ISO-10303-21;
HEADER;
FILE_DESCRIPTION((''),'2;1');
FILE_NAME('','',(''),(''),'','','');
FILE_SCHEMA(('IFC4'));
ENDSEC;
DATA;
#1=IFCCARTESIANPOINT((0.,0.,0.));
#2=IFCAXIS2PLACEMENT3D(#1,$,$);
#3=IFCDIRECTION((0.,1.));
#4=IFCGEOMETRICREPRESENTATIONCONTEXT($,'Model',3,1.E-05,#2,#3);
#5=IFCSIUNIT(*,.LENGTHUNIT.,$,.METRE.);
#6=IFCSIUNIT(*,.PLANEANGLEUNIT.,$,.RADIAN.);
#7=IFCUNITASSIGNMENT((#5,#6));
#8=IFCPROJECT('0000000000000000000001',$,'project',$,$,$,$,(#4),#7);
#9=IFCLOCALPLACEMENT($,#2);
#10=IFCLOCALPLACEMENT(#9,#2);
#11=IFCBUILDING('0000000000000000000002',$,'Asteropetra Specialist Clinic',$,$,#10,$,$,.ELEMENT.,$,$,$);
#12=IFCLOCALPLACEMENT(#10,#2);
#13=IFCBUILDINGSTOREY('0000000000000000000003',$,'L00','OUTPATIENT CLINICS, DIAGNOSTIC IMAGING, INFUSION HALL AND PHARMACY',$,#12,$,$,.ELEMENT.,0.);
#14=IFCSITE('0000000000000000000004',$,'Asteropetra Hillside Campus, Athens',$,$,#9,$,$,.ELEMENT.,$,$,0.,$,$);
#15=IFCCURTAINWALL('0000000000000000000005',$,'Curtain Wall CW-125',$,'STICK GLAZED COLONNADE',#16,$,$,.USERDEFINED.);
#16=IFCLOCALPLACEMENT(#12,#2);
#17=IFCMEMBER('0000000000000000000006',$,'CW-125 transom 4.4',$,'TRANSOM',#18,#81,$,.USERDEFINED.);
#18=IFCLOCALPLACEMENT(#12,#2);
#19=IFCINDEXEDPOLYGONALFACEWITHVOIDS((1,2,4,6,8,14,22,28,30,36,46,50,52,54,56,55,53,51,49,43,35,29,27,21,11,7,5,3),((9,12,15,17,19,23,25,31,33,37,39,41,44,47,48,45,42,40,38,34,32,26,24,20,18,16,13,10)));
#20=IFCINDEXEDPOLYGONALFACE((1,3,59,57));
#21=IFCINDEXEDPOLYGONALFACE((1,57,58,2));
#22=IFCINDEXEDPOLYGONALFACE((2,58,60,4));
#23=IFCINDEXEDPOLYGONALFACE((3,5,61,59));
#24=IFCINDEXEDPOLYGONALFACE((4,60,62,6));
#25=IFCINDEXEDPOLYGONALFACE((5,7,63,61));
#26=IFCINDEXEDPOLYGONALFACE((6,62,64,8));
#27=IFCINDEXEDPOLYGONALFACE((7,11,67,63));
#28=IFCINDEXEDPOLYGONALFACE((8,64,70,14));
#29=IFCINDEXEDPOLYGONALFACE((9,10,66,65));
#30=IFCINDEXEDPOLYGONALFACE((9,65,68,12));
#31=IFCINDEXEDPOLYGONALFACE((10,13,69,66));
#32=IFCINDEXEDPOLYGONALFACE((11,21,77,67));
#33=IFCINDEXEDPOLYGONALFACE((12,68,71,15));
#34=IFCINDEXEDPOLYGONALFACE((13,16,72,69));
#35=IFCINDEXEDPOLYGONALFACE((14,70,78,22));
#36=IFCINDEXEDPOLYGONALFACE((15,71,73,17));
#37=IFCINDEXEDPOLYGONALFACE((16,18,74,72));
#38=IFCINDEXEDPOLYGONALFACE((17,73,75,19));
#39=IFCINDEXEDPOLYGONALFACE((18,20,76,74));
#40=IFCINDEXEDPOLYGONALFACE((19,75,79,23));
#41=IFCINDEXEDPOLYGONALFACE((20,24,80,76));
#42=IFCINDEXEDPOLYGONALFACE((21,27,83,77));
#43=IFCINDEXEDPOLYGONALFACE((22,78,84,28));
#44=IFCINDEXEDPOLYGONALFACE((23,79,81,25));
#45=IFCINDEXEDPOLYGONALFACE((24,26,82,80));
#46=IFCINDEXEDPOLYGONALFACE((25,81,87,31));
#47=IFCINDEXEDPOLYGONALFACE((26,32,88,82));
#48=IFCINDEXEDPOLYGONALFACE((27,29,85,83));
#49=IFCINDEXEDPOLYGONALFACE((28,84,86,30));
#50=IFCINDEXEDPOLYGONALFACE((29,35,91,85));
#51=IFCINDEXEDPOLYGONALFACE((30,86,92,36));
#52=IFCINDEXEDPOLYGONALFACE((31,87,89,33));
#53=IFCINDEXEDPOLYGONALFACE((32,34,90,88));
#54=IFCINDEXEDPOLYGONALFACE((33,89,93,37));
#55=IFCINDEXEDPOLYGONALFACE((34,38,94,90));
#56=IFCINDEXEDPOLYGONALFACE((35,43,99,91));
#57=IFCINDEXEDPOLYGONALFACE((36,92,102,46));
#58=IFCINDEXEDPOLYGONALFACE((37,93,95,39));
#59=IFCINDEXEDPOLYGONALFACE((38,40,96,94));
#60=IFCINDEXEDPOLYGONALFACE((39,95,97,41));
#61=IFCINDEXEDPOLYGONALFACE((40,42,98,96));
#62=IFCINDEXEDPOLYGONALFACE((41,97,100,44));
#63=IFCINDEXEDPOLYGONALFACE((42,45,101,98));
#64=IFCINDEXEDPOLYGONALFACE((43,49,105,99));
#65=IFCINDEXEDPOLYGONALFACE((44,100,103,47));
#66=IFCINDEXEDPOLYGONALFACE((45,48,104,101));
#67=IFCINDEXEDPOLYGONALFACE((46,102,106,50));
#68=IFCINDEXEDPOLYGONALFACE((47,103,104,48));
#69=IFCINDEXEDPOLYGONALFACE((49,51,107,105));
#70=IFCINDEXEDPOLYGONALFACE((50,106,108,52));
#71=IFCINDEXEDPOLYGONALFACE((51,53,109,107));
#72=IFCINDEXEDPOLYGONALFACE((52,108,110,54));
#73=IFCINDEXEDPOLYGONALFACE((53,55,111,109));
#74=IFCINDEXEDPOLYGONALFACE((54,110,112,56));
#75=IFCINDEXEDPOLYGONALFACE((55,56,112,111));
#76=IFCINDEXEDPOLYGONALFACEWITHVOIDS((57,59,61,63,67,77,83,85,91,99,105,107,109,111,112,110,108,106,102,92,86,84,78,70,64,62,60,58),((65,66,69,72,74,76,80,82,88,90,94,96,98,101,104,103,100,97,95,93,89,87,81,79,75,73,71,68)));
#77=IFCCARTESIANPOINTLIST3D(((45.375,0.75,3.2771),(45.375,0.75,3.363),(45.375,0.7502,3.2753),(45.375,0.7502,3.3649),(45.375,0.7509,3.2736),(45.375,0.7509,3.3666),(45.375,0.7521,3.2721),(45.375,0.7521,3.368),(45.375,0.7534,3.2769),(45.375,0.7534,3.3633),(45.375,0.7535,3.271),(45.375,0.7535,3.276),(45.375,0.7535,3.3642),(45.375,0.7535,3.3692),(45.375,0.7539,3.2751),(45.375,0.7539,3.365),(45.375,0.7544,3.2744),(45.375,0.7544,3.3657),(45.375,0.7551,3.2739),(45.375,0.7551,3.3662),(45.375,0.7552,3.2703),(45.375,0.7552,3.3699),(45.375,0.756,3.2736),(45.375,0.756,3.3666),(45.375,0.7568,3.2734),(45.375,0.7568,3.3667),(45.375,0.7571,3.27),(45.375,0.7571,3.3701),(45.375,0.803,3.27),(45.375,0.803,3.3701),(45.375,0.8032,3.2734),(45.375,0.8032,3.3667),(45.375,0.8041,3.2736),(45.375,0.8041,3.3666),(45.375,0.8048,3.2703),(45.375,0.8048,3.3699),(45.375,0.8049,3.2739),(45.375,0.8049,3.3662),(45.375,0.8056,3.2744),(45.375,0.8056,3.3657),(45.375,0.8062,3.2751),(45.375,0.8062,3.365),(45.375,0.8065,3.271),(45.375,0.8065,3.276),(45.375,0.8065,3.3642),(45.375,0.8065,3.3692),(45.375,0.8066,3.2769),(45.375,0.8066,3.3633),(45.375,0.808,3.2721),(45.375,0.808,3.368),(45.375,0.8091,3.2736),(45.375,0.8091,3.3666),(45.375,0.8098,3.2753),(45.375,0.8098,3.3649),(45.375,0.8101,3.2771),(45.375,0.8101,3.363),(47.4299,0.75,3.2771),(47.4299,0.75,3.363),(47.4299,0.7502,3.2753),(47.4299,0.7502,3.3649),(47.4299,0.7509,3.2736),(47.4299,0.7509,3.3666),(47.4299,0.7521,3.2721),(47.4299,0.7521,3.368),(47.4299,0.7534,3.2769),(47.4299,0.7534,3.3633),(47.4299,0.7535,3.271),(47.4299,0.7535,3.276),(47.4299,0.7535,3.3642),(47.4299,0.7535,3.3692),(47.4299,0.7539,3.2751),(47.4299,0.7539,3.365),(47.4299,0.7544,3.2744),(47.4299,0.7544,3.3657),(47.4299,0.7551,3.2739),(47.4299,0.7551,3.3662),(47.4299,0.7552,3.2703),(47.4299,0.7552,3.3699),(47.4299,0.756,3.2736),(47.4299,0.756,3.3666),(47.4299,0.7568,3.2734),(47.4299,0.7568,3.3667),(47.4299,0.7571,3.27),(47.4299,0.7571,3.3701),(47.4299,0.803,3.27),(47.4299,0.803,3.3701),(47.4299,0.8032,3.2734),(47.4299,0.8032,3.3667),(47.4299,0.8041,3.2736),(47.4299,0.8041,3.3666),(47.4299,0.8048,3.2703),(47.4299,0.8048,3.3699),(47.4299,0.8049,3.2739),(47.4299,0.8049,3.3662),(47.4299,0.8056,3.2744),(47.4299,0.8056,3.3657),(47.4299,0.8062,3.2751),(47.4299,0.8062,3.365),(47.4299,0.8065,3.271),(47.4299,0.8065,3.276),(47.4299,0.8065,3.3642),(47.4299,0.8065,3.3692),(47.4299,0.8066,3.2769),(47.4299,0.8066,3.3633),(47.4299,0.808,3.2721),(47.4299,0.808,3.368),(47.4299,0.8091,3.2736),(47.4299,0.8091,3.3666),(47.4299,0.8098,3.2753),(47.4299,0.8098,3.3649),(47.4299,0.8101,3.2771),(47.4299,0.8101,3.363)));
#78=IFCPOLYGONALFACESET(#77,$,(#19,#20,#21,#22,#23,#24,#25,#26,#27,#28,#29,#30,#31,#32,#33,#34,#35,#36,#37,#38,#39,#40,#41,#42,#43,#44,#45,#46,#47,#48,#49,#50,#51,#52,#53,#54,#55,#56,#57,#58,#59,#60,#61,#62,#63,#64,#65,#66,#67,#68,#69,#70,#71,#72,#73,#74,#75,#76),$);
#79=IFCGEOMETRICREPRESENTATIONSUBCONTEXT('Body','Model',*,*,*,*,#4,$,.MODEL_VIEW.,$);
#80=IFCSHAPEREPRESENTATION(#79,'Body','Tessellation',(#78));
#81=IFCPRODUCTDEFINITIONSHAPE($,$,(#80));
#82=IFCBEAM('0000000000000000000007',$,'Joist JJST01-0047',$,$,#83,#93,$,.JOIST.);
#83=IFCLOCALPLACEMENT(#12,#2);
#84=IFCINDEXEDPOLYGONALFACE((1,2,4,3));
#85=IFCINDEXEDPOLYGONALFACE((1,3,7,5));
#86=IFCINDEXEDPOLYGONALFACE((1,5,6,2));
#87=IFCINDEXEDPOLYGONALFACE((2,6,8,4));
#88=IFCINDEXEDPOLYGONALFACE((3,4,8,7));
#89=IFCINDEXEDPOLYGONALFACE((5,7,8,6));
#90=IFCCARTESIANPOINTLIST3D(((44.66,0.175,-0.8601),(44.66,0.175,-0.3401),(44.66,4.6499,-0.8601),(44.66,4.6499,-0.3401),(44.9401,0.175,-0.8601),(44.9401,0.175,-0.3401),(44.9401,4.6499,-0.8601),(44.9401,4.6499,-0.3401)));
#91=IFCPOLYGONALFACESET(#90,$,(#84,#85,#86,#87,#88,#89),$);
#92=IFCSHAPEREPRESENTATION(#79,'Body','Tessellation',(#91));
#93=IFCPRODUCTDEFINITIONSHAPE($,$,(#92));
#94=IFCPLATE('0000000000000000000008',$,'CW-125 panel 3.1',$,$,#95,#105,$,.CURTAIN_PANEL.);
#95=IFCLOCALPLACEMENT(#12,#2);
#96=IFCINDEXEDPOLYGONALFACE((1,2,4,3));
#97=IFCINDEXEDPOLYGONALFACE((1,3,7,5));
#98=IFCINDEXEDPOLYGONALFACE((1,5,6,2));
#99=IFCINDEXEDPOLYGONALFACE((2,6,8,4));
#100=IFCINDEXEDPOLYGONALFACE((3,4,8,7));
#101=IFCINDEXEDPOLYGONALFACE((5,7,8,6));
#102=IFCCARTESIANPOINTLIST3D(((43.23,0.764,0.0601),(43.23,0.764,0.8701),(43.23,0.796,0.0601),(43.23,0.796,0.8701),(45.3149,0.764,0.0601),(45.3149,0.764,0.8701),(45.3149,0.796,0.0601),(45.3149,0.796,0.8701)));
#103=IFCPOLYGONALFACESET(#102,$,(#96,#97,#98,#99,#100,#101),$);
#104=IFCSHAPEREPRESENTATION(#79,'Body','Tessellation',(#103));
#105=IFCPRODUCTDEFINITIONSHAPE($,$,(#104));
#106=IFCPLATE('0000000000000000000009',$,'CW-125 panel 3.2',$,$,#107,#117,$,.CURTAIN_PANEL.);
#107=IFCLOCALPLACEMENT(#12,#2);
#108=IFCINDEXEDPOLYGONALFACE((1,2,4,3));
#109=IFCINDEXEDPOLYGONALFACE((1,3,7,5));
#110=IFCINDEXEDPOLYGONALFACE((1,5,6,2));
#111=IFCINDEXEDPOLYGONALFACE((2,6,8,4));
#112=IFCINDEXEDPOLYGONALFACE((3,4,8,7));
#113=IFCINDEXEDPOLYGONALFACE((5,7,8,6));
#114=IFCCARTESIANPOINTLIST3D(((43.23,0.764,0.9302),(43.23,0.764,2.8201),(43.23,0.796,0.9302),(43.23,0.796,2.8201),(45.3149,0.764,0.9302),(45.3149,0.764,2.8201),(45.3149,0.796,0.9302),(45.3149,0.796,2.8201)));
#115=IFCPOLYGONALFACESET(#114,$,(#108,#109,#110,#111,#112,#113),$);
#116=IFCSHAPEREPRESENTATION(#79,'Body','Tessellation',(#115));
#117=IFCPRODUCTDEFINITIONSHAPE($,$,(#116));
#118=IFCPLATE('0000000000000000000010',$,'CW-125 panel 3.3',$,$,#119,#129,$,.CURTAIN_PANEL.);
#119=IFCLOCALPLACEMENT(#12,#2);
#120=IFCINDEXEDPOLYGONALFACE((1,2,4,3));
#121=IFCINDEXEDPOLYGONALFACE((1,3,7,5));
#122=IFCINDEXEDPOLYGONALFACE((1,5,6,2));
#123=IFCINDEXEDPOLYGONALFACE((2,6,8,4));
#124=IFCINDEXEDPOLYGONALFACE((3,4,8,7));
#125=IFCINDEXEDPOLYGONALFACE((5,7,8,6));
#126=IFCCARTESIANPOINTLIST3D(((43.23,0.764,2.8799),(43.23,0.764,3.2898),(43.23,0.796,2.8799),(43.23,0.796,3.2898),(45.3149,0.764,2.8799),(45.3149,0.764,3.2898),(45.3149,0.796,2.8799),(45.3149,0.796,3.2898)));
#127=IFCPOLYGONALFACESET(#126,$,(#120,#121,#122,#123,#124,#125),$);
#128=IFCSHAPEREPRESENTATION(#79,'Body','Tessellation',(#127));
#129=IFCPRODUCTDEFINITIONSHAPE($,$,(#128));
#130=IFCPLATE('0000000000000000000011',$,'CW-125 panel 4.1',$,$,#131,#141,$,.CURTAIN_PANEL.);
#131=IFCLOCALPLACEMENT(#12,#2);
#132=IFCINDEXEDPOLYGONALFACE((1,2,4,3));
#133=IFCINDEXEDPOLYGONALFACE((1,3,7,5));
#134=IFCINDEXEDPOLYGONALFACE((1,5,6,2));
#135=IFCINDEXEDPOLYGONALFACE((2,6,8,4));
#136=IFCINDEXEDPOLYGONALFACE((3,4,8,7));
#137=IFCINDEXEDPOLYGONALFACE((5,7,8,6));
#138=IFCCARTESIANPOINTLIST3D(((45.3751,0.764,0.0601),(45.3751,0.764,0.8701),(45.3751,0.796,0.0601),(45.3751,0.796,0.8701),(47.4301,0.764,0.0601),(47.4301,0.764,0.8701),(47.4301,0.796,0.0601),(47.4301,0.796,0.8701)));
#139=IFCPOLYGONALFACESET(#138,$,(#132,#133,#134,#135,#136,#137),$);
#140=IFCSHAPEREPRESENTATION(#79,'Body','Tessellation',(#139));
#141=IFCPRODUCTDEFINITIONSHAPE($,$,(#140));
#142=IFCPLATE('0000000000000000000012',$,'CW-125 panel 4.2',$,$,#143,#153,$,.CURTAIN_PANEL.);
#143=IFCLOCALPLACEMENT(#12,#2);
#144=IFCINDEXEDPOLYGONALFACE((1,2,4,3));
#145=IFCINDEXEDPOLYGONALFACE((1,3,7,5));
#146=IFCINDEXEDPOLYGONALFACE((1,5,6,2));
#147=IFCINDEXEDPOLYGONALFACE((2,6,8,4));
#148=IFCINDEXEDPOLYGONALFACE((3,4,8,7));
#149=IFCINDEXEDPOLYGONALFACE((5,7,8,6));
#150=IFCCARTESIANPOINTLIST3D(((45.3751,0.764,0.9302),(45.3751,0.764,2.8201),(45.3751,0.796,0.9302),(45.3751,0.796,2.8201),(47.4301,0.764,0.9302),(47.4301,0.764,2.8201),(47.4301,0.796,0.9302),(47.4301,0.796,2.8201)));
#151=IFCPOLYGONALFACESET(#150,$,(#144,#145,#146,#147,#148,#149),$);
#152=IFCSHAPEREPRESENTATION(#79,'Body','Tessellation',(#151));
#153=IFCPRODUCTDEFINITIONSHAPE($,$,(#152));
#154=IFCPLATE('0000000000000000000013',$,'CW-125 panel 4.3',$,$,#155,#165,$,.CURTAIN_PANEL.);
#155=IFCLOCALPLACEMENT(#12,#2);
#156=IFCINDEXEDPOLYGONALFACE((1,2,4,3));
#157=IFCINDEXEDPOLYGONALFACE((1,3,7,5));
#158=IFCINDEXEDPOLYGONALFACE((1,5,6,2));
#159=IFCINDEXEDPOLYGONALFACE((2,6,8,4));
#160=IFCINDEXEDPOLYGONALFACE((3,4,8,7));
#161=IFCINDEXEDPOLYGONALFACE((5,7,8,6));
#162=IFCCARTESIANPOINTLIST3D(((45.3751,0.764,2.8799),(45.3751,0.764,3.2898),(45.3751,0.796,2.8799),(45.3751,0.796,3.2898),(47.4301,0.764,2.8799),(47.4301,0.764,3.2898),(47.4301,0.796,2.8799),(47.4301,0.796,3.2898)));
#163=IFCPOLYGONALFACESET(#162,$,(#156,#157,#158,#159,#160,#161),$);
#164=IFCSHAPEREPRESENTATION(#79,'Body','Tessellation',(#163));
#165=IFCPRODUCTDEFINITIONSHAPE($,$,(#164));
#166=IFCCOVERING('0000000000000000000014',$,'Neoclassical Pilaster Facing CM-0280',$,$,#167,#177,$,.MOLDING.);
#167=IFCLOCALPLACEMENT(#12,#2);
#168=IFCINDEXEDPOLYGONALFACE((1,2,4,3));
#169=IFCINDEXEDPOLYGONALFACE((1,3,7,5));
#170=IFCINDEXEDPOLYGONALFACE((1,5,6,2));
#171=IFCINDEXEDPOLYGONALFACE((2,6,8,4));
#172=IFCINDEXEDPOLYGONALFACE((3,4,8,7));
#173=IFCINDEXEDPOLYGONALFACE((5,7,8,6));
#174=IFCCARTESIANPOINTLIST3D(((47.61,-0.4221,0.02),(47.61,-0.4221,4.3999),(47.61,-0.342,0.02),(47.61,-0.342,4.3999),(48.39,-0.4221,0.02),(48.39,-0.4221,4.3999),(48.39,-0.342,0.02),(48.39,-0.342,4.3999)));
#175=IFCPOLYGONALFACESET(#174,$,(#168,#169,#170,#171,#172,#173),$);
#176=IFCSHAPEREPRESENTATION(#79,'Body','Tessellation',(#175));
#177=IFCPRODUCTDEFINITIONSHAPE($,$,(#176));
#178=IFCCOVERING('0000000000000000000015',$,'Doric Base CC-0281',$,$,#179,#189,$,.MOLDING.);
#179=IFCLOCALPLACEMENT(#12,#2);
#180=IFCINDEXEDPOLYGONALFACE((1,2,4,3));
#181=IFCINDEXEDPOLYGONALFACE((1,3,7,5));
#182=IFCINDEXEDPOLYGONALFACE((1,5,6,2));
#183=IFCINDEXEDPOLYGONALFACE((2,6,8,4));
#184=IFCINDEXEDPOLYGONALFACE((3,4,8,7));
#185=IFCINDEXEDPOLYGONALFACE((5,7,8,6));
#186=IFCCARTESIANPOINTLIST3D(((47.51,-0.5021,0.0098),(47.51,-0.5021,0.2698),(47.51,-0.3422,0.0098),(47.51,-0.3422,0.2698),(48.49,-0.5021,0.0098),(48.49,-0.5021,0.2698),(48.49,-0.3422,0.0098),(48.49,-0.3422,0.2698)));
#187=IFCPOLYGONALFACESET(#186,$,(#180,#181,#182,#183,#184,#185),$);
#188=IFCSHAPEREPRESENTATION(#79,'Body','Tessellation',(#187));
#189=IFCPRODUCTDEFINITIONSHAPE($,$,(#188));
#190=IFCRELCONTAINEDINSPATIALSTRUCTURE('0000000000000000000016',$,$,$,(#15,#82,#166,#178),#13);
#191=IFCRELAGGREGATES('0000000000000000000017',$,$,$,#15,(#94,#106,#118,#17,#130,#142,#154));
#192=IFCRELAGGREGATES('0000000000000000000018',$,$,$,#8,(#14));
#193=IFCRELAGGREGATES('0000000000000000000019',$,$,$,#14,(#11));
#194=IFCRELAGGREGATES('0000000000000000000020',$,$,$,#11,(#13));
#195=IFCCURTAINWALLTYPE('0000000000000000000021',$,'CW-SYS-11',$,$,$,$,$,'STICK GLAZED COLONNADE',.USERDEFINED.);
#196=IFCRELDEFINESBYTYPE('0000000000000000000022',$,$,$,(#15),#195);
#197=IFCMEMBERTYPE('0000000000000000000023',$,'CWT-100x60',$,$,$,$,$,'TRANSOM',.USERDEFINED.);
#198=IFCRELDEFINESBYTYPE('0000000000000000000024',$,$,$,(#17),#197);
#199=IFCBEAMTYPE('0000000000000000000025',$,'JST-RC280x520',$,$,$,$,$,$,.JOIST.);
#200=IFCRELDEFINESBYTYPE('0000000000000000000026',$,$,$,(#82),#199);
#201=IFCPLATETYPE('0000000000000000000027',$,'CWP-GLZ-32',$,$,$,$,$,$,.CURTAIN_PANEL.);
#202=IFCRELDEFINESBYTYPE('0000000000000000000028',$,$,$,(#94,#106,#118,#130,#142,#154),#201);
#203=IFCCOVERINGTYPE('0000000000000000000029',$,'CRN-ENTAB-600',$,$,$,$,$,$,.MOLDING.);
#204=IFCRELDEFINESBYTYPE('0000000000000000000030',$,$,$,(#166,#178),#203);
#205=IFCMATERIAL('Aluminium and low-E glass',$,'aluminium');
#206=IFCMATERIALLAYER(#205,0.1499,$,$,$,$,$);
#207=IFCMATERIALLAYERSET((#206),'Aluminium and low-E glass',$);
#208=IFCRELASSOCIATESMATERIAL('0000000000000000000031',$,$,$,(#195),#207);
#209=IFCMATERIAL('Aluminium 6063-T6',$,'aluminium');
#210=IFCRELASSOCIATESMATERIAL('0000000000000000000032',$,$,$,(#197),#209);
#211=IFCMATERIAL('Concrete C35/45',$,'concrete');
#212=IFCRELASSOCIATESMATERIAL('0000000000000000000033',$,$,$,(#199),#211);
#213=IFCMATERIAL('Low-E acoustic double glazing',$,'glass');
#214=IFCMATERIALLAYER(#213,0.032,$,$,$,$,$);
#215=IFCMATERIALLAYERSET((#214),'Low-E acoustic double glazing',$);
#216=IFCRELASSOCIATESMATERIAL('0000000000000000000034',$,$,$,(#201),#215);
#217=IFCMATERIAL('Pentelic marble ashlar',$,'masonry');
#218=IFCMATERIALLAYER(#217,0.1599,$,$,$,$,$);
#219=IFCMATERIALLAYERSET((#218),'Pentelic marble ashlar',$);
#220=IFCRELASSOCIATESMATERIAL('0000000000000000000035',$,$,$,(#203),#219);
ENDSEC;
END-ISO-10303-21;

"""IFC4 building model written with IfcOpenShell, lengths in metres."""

from ifc_helpers import new_model, si_unit, direction, frame, origin, origin_2d, place, context, subcontext, project, spatial, rectangle, hollow_rectangle, extrude, material, layer, layer_set, material_profile, profile_set, type_object, element, aggregate, save


model = new_model("IFC4")

# Units and contexts
model_context = context("Model", 3, precision=1e-05, world=origin(), true_north=direction((0.0, 1.0)))
body_context = subcontext(model_context, "Body", "Model", "MODEL_VIEW")
ifc_project = project(units=[si_unit("LENGTHUNIT", "METRE"), si_unit("PLANEANGLEUNIT", "RADIAN")], contexts=[model_context])

# Site, building, storey
site_placement = place(None, origin())
site = spatial("IfcSite", under=ifc_project, at=site_placement, Name="Asteropetra Hillside Campus, Athens", CompositionType="ELEMENT", RefElevation=0.0)
building_placement = place(site_placement, origin())
building = spatial("IfcBuilding", under=site, at=building_placement, Name="Asteropetra Specialist Clinic", CompositionType="ELEMENT")
storey_placement = place(building_placement, origin())
storey = spatial("IfcBuildingStorey", under=building, at=storey_placement, Name="L00", Description="OUTPATIENT CLINICS, DIAGNOSTIC IMAGING, INFUSION HALL AND PHARMACY", CompositionType="ELEMENT", Elevation=0.0)

# Curtain wall, member
ifc_material_1 = material(Name="Aluminium and low-E glass", Category="aluminium")
ifc_layer_1 = layer(ifc_material_1, 0.1499)
ifc_layer_set_1 = layer_set([ifc_layer_1], Name="Aluminium and low-E glass")
curtain_wall_type = type_object("IfcCurtainWallType", Name="CW-SYS-11", ElementType="STICK GLAZED COLONNADE", PredefinedType="USERDEFINED", material=ifc_layer_set_1)
curtain_wall_placement = place(storey_placement, origin())
curtain_wall = element("IfcCurtainWall", 1, at=curtain_wall_placement, inside=storey, type_object=curtain_wall_type, Name="Curtain Wall CW-125", ObjectType="STICK GLAZED COLONNADE", PredefinedType="USERDEFINED")
ifc_material_2 = material(Name="Aluminium 6063-T6", Category="aluminium")
ifc_material_profile_1 = material_profile(ifc_material_2, hollow_rectangle(XDim=0.0601, YDim=0.1001, WallThickness=0.0034, InnerFilletRadius=0.0034, OuterFilletRadius=0.0071, at=origin_2d()), Name="TRN 100x60x3.5")
ifc_profile_set_1 = profile_set([ifc_material_profile_1], Name="Aluminium 6063-T6")
member_type_1 = type_object("IfcMemberType", Name="CWT-100x60", ElementType="TRANSOM", PredefinedType="USERDEFINED", material=ifc_profile_set_1)
member_1_placement = place(storey_placement, frame((45.375, 0.78, 3.3201), z_axis=(1.0, 0.0, 0.0), x_axis=(0.0, 1.0, 0.0)))
member_1 = element("IfcMember", 2, at=member_1_placement, type_object=member_type_1, Name="CW-125 transom 4.4", ObjectType="TRANSOM", PredefinedType="USERDEFINED", context=body_context, shape_type="SweptSolid", body=[
    extrude(hollow_rectangle(XDim=0.0601, YDim=0.1001, WallThickness=0.0034, InnerFilletRadius=0.0034, OuterFilletRadius=0.0071, at=origin_2d()), origin(), (0.0, 0.0, 1.0), 2.0549),
])

# Beam
ifc_material_3 = material(Name="Concrete C35/45", Category="concrete")
ifc_material_profile_2 = material_profile(ifc_material_3, rectangle(XDim=0.28, YDim=0.52, at=origin_2d()), Name="RCJ 280x520")
ifc_profile_set_2 = profile_set([ifc_material_profile_2], Name="Concrete C35/45")
beam_type_1 = type_object("IfcBeamType", Name="JST-RC280x520", PredefinedType="JOIST", material=ifc_profile_set_2)
beam_1_placement = place(storey_placement, frame((44.8, 0.175, -0.6001), z_axis=(0.0, 1.0, 0.0), x_axis=(-1.0, 0.0, 0.0)))
element("IfcBeam", 3, at=beam_1_placement, inside=storey, type_object=beam_type_1, Name="Joist JJST01-0047", PredefinedType="JOIST", context=body_context, shape_type="SweptSolid", body=[
    extrude(rectangle(XDim=0.28, YDim=0.52, at=origin_2d()), origin(), (0.0, 0.0, 1.0), 4.4749),
])

# Plates
ifc_material_4 = material(Name="Low-E acoustic double glazing", Category="glass")
ifc_layer_2 = layer(ifc_material_4, 0.032)
ifc_layer_set_2 = layer_set([ifc_layer_2], Name="Low-E acoustic double glazing")
plate_type = type_object("IfcPlateType", Name="CWP-GLZ-32", PredefinedType="CURTAIN_PANEL", material=ifc_layer_set_2)
plate_1_placement = place(storey_placement, frame((44.2725, 0.78, 0.0601), z_axis=(0.0, 0.0, 1.0), x_axis=(1.0, 0.0, 0.0)))
plate_1 = element("IfcPlate", 4, at=plate_1_placement, type_object=plate_type, Name="CW-125 panel 3.1", PredefinedType="CURTAIN_PANEL", context=body_context, shape_type="SweptSolid", body=[
    extrude(rectangle(XDim=2.085, YDim=0.032, at=origin_2d()), origin(), (0.0, 0.0, 1.0), 0.8101),
])
plate_2_placement = place(storey_placement, frame((44.2725, 0.78, 0.9302), z_axis=(0.0, 0.0, 1.0), x_axis=(1.0, 0.0, 0.0)))
plate_2 = element("IfcPlate", 5, at=plate_2_placement, type_object=plate_type, Name="CW-125 panel 3.2", PredefinedType="CURTAIN_PANEL", context=body_context, shape_type="SweptSolid", body=[
    extrude(rectangle(XDim=2.085, YDim=0.032, at=origin_2d()), origin(), (0.0, 0.0, 1.0), 1.8899),
])
plate_3_placement = place(storey_placement, frame((44.2725, 0.78, 2.8799), z_axis=(0.0, 0.0, 1.0), x_axis=(1.0, 0.0, 0.0)))
plate_3 = element("IfcPlate", 6, at=plate_3_placement, type_object=plate_type, Name="CW-125 panel 3.3", PredefinedType="CURTAIN_PANEL", context=body_context, shape_type="SweptSolid", body=[
    extrude(rectangle(XDim=2.085, YDim=0.032, at=origin_2d()), origin(), (0.0, 0.0, 1.0), 0.4099),
])
plate_4_placement = place(storey_placement, frame((46.4026, 0.78, 0.0601), z_axis=(0.0, 0.0, 1.0), x_axis=(1.0, 0.0, 0.0)))
plate_4 = element("IfcPlate", 7, at=plate_4_placement, type_object=plate_type, Name="CW-125 panel 4.1", PredefinedType="CURTAIN_PANEL", context=body_context, shape_type="SweptSolid", body=[
    extrude(rectangle(XDim=2.0549, YDim=0.032, at=origin_2d()), origin(), (0.0, 0.0, 1.0), 0.8101),
])
plate_5_placement = place(storey_placement, frame((46.4026, 0.78, 0.9302), z_axis=(0.0, 0.0, 1.0), x_axis=(1.0, 0.0, 0.0)))
plate_5 = element("IfcPlate", 8, at=plate_5_placement, type_object=plate_type, Name="CW-125 panel 4.2", PredefinedType="CURTAIN_PANEL", context=body_context, shape_type="SweptSolid", body=[
    extrude(rectangle(XDim=2.0549, YDim=0.032, at=origin_2d()), origin(), (0.0, 0.0, 1.0), 1.8899),
])
plate_6_placement = place(storey_placement, frame((46.4026, 0.78, 2.8799), z_axis=(0.0, 0.0, 1.0), x_axis=(1.0, 0.0, 0.0)))
plate_6 = element("IfcPlate", 9, at=plate_6_placement, type_object=plate_type, Name="CW-125 panel 4.3", PredefinedType="CURTAIN_PANEL", context=body_context, shape_type="SweptSolid", body=[
    extrude(rectangle(XDim=2.0549, YDim=0.032, at=origin_2d()), origin(), (0.0, 0.0, 1.0), 0.4099),
])
aggregate(curtain_wall, [plate_1, plate_2, plate_3, member_1, plate_4, plate_5, plate_6])

# Coverings
ifc_material_5 = material(Name="Pentelic marble ashlar", Category="masonry")
ifc_layer_3 = layer(ifc_material_5, 0.1599)
ifc_layer_set_3 = layer_set([ifc_layer_3], Name="Pentelic marble ashlar")
covering_type = type_object("IfcCoveringType", Name="CRN-ENTAB-600", PredefinedType="MOLDING", material=ifc_layer_set_3)
covering_placement = place(storey_placement, frame((48.0, -0.3821, 0.02), z_axis=(0.0, 0.0, 1.0), x_axis=(1.0, 0.0, 0.0)))
element("IfcCovering", 10, at=covering_placement, inside=storey, type_object=covering_type, Name="Neoclassical Pilaster Facing CM-0280", PredefinedType="MOLDING", context=body_context, shape_type="SweptSolid", body=[
    extrude(rectangle(XDim=0.78, YDim=0.0801, at=origin_2d()), origin(), (0.0, 0.0, 1.0), 4.3799),
])
for number, where, z_axis, x_axis, name in (
    (11, (48.0, -0.4221, 0.0098), (0.0, 0.0, 1.0), (1.0, 0.0, 0.0), "Doric Base CC-0281"),
):
    element("IfcCovering", number, at=place(storey_placement, frame(where, z_axis=z_axis, x_axis=x_axis)), inside=storey, type_object=covering_type, Name=name, PredefinedType="MOLDING", context=body_context, shape_type="SweptSolid", body=[
        extrude(rectangle(XDim=0.98, YDim=0.1599, at=origin_2d()), origin(), (0.0, 0.0, 1.0), 0.26),
    ])

save(model, "model.ifc")
